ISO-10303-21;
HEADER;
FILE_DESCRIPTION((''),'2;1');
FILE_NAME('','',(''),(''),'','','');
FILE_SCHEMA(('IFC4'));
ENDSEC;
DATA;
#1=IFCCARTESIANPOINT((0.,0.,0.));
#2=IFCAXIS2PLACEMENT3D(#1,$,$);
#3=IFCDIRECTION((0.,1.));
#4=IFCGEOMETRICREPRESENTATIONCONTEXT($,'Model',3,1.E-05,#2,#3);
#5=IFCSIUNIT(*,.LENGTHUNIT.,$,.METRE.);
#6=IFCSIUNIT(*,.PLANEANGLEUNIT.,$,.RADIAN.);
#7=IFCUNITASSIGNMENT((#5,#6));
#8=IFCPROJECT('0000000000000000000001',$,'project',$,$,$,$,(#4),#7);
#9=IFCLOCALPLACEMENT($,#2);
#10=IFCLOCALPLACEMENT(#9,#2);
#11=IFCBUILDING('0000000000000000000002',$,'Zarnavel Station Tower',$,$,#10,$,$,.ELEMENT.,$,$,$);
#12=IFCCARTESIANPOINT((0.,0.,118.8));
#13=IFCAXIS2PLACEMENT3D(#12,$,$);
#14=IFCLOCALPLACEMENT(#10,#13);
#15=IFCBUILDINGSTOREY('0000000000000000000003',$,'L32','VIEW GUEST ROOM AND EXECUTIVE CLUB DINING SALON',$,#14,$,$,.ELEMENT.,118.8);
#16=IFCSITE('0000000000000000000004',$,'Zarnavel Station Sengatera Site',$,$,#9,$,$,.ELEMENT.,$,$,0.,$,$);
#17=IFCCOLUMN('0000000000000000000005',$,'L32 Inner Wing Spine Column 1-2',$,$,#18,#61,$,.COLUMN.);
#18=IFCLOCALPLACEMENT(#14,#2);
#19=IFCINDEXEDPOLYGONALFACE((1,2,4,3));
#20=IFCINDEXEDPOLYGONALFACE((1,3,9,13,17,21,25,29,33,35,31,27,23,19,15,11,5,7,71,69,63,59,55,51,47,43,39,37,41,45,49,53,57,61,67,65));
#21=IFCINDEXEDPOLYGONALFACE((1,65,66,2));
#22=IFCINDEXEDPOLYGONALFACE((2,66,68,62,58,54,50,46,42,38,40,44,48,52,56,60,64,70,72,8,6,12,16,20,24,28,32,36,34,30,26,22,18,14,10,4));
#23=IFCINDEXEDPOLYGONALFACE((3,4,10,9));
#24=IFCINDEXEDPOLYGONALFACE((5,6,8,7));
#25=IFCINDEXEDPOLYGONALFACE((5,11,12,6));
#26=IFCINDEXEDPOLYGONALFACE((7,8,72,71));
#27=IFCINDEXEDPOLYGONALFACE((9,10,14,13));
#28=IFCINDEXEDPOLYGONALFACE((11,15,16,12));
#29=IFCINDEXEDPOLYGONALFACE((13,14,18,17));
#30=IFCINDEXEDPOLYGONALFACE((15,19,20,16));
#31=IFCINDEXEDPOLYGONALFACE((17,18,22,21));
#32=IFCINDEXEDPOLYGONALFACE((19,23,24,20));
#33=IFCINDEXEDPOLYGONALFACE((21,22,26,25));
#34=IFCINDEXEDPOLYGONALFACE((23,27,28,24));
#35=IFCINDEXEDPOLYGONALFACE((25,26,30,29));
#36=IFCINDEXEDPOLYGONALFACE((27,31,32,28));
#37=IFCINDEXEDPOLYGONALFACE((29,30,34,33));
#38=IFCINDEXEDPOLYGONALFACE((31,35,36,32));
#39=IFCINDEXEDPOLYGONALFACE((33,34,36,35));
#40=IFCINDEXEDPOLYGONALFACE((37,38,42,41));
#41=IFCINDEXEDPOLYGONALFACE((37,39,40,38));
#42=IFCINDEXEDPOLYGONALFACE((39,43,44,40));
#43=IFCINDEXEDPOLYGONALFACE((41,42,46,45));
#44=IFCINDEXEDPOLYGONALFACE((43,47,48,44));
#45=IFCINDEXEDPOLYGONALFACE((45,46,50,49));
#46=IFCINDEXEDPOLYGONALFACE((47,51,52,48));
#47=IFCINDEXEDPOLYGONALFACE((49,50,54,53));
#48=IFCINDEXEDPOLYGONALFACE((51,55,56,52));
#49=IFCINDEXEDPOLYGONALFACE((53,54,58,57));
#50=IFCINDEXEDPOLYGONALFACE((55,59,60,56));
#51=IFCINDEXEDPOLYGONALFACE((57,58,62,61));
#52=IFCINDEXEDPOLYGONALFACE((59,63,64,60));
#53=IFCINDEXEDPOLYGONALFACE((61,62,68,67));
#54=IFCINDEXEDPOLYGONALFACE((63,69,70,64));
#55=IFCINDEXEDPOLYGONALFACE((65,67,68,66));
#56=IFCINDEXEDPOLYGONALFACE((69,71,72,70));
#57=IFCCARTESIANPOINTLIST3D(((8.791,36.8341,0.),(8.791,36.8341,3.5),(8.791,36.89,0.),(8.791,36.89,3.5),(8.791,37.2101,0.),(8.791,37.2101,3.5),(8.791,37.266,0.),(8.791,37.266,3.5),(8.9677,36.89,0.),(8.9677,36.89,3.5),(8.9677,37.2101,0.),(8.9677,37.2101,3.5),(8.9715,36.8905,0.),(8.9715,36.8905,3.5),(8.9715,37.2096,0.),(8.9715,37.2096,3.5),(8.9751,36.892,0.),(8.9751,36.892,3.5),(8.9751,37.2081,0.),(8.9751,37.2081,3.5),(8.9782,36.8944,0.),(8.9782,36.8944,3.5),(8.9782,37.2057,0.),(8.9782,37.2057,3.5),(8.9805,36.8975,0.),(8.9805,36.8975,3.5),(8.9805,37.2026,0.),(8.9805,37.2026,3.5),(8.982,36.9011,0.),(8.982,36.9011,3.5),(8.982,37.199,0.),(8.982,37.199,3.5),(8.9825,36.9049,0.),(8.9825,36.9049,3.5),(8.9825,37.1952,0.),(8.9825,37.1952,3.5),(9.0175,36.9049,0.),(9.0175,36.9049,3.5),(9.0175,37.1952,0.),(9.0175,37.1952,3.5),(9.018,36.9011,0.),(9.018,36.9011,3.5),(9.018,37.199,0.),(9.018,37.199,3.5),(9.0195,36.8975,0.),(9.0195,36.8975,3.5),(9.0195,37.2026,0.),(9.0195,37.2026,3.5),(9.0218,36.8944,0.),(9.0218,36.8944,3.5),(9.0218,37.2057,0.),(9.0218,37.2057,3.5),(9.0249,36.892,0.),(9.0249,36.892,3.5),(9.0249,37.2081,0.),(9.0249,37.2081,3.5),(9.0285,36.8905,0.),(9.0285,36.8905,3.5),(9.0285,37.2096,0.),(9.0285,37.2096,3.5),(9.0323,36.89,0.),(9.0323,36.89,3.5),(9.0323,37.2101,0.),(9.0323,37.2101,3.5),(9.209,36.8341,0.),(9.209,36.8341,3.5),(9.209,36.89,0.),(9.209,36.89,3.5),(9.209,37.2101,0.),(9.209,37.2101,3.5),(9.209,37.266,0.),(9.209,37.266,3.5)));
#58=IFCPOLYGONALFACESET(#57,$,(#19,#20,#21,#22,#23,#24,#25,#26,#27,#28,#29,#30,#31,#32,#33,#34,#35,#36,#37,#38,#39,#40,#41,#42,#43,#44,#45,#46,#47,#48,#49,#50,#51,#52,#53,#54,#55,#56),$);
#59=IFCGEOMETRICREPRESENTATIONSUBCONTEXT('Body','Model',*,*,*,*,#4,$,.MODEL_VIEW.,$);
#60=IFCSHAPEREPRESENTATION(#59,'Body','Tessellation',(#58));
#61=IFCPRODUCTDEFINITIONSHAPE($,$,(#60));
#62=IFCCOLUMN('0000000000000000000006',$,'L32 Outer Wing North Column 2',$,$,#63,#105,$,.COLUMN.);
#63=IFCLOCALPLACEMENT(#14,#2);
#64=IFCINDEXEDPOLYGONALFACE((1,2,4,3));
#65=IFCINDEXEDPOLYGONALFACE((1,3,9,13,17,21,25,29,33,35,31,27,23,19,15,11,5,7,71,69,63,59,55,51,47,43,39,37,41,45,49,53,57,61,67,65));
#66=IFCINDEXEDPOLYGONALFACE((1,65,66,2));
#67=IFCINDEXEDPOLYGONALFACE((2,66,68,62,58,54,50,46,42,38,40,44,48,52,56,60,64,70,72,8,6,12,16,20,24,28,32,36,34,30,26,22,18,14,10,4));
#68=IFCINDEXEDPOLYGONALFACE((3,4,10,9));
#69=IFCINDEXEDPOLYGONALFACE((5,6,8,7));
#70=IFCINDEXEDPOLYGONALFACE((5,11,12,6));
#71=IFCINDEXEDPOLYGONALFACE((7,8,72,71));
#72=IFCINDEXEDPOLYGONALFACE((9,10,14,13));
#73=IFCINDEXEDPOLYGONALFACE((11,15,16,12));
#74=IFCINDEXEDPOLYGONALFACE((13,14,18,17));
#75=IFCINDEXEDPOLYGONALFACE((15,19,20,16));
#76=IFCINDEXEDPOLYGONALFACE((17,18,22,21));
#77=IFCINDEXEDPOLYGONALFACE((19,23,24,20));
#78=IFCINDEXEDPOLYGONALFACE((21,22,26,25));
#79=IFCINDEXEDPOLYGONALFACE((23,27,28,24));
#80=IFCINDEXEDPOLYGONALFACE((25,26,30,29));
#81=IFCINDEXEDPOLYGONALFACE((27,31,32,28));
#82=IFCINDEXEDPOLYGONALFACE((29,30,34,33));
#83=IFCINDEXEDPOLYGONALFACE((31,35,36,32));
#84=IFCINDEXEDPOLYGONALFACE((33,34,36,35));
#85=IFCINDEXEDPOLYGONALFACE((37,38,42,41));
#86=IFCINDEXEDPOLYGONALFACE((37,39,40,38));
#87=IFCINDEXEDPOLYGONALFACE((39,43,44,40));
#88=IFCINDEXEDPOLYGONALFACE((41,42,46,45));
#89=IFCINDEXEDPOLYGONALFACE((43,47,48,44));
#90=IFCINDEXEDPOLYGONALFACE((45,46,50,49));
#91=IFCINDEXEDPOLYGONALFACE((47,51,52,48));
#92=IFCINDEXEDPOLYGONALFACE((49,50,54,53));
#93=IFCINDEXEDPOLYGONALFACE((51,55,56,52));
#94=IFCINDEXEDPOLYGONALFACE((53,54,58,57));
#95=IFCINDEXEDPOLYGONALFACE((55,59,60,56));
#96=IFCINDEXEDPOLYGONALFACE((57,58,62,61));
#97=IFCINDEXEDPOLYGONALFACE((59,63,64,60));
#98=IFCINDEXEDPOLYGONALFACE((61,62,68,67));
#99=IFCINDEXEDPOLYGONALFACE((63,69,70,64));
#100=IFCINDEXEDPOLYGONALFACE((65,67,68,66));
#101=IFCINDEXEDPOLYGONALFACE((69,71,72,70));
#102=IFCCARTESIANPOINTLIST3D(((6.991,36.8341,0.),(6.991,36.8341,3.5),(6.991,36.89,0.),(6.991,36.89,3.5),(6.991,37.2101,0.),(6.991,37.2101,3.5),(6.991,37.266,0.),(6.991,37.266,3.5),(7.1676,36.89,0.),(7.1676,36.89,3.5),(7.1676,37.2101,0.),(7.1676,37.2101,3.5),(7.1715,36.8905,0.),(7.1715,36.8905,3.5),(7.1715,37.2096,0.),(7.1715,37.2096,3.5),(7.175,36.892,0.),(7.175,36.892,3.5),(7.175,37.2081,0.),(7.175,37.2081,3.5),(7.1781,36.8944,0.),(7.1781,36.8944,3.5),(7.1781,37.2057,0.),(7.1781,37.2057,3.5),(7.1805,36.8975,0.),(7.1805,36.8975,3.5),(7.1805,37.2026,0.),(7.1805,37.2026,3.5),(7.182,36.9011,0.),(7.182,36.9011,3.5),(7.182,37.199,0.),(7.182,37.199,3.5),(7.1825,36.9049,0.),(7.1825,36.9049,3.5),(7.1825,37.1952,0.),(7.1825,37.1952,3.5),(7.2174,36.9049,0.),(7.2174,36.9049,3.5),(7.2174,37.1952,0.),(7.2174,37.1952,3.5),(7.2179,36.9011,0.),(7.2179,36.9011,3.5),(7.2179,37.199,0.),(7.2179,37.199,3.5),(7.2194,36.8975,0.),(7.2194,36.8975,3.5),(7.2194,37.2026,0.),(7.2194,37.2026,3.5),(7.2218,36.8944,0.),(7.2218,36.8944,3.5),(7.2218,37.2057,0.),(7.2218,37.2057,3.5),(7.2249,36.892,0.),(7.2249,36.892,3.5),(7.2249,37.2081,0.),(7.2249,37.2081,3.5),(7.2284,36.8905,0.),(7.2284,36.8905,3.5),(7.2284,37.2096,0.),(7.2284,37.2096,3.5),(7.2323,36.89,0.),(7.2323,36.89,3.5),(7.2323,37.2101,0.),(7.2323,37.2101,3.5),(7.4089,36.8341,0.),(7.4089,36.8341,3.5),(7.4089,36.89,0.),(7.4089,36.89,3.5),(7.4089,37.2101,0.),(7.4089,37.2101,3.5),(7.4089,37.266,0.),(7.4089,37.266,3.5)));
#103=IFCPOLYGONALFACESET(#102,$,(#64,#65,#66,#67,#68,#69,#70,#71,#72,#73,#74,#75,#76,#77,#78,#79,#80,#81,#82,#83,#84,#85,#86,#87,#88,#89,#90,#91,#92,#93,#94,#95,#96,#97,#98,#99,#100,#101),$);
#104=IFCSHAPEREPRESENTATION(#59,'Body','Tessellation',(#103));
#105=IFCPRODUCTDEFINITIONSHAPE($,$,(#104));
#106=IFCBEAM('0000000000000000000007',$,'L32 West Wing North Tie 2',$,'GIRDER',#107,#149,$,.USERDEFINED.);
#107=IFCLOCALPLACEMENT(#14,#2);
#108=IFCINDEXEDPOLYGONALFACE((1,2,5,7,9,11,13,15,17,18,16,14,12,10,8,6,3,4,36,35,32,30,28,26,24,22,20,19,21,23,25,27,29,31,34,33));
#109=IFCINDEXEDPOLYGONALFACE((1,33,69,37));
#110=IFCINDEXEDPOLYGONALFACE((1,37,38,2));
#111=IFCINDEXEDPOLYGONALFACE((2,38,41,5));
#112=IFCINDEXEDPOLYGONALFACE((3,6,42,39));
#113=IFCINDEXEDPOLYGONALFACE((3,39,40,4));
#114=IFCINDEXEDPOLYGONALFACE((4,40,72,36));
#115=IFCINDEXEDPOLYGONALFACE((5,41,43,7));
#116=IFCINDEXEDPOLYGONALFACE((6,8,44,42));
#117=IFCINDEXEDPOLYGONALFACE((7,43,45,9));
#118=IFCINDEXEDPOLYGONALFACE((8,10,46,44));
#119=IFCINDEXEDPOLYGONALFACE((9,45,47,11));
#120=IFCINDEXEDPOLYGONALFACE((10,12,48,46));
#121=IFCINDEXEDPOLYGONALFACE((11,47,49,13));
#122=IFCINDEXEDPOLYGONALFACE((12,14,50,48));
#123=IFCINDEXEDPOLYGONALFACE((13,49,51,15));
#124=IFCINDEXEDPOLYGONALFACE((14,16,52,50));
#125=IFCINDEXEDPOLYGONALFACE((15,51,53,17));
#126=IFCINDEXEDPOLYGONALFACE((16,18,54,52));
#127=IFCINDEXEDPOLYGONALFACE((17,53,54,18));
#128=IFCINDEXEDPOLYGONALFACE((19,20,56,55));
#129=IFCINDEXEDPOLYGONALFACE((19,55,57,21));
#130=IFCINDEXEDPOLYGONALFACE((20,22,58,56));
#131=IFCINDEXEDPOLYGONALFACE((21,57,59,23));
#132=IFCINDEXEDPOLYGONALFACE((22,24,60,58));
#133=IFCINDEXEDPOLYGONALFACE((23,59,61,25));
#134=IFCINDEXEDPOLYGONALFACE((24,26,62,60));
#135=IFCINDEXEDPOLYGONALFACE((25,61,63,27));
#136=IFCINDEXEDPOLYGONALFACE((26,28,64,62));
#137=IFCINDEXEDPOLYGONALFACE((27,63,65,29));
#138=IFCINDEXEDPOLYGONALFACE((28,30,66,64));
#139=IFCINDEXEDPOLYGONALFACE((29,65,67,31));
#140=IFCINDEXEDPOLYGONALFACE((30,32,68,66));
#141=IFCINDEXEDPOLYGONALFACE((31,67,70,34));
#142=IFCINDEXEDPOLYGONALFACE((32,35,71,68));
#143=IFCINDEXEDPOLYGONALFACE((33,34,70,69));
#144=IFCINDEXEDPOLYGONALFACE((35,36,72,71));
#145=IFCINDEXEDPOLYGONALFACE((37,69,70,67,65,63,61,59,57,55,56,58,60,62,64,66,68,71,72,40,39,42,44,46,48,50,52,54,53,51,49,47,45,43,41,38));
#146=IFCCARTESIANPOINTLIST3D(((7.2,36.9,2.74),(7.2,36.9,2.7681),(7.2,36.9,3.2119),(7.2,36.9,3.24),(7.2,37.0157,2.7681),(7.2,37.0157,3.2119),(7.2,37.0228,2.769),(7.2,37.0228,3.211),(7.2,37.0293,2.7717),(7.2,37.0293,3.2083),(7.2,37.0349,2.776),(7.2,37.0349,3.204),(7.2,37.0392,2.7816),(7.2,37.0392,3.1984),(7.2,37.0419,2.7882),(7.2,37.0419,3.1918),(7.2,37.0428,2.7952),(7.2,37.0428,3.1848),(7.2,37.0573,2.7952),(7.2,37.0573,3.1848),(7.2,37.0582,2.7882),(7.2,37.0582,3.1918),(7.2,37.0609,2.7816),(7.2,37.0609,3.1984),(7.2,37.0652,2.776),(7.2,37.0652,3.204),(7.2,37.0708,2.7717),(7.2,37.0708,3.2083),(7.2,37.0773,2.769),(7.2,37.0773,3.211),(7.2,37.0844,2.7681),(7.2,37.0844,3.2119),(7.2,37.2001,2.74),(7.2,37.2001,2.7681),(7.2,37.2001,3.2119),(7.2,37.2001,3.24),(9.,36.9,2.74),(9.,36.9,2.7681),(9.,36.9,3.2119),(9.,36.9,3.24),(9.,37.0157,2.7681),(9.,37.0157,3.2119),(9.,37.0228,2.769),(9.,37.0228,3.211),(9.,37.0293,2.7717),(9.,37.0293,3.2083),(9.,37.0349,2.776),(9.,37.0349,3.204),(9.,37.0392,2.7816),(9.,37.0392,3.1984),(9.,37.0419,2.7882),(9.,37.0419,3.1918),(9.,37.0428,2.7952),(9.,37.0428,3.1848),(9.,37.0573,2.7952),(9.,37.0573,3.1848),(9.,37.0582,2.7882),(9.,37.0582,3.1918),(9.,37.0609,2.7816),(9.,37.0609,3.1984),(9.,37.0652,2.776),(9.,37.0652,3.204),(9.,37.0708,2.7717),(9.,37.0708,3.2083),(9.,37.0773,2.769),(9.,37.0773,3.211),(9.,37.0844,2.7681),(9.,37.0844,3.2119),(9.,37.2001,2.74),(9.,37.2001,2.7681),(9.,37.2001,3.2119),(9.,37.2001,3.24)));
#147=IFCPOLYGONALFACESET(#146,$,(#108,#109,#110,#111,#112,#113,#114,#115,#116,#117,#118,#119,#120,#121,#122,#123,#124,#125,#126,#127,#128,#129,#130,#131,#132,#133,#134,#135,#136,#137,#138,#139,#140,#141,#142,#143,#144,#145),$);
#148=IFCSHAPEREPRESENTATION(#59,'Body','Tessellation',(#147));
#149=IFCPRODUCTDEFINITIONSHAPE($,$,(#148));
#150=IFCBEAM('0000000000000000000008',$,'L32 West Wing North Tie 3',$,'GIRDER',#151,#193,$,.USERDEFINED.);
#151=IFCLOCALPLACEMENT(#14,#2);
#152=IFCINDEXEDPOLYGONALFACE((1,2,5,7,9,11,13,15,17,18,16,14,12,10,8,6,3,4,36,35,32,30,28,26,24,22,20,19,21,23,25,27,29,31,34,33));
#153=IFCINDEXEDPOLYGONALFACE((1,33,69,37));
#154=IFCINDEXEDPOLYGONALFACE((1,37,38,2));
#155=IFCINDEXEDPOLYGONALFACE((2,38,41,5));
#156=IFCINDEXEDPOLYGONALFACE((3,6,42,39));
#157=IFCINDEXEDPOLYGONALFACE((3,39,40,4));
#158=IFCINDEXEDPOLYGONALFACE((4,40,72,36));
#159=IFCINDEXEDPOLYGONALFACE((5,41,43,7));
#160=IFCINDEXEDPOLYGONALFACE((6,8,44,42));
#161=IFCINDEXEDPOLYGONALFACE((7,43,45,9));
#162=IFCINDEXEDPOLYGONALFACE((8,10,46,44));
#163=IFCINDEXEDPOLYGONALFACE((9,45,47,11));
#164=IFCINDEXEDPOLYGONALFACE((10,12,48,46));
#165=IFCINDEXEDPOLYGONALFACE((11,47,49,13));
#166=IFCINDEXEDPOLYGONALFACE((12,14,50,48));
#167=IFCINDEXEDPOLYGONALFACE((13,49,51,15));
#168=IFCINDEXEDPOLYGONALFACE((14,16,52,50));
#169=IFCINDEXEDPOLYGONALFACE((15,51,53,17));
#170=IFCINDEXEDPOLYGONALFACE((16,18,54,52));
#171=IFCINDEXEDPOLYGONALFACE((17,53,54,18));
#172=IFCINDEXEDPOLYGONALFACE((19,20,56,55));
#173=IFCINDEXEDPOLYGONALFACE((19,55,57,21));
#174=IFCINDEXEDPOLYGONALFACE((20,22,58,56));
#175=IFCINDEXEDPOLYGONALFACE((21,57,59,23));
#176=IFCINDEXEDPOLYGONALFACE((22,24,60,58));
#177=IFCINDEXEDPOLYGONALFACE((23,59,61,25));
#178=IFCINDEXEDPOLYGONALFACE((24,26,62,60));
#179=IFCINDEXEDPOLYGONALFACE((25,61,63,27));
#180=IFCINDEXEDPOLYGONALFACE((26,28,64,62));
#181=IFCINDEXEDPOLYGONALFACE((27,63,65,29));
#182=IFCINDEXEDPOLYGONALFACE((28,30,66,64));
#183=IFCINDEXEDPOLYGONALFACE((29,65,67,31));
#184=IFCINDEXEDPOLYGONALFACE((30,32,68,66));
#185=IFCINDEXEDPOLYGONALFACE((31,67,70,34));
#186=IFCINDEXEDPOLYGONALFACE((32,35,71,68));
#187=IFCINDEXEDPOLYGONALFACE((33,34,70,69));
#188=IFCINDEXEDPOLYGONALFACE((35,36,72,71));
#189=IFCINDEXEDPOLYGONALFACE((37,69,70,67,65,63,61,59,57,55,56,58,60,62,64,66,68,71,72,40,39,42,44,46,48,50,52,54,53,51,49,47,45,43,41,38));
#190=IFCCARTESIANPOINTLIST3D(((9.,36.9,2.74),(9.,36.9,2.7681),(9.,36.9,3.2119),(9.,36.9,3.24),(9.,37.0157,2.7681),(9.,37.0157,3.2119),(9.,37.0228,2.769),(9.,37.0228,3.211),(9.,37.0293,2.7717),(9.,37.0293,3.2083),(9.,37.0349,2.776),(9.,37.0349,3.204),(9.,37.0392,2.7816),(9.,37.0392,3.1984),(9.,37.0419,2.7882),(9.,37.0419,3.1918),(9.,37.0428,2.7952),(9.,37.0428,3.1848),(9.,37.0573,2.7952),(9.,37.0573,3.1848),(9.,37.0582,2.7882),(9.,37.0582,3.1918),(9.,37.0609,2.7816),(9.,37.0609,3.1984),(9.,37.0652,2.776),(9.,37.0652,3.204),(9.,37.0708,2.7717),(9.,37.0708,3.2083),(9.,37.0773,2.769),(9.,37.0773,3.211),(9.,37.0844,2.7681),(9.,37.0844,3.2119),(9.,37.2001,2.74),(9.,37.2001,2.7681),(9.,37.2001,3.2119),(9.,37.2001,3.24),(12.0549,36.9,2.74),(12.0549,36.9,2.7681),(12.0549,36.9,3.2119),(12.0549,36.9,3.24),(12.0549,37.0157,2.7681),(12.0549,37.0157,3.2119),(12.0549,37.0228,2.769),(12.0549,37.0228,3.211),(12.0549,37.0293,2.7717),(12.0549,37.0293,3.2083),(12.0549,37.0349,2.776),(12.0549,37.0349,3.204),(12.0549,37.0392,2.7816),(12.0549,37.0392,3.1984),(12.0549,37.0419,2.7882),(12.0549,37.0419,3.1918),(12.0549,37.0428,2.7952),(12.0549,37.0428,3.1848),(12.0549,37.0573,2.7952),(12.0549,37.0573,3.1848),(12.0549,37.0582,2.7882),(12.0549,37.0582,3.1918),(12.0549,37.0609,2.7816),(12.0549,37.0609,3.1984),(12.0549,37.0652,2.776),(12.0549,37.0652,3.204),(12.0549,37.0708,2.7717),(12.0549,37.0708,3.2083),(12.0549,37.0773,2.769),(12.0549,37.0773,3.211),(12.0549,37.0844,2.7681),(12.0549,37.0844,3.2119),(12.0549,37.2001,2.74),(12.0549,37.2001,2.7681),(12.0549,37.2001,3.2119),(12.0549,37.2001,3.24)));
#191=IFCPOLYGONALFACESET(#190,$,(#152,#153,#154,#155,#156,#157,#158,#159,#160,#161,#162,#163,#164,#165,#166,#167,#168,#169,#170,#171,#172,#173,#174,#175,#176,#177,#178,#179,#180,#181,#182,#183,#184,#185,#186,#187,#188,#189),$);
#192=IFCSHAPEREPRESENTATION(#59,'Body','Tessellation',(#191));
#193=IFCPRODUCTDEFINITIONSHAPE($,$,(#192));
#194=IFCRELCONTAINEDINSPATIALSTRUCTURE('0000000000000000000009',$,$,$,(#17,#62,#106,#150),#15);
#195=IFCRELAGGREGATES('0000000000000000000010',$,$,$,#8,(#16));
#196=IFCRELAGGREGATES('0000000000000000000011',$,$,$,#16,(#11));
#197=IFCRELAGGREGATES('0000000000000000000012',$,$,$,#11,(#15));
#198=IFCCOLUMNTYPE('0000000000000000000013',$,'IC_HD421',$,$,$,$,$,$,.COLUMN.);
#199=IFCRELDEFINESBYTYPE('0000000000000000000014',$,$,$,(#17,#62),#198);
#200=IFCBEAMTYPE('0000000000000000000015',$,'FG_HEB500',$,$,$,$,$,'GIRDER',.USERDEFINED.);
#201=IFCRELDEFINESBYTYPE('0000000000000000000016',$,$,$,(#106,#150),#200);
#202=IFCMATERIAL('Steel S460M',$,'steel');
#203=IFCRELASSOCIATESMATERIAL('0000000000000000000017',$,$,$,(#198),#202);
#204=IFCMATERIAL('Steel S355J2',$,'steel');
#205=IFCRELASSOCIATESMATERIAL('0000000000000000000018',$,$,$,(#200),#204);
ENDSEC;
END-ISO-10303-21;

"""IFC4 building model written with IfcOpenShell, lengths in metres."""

from ifc_helpers import new_model, si_unit, direction, frame, origin, origin_2d, place, context, subcontext, project, spatial, i_section, extrude, material, material_profile, profile_set, type_object, element, save


model = new_model("IFC4")

# Units and contexts
model_context = context("Model", 3, precision=1e-05, world=origin(), true_north=direction((0.0, 1.0)))
body_context = subcontext(model_context, "Body", "Model", "MODEL_VIEW")
ifc_project = project(units=[si_unit("LENGTHUNIT", "METRE"), si_unit("PLANEANGLEUNIT", "RADIAN")], contexts=[model_context])

# Site, building, storey
site_placement = place(None, origin())
site = spatial("IfcSite", under=ifc_project, at=site_placement, Name="Zarnavel Station Sengatera Site", CompositionType="ELEMENT", RefElevation=0.0)
building_placement = place(site_placement, origin())
building = spatial("IfcBuilding", under=site, at=building_placement, Name="Zarnavel Station Tower", CompositionType="ELEMENT")
storey_placement = place(building_placement, frame((0.0, 0.0, 118.8)))
storey = spatial("IfcBuildingStorey", under=building, at=storey_placement, Name="L32", Description="VIEW GUEST ROOM AND EXECUTIVE CLUB DINING SALON", CompositionType="ELEMENT", Elevation=118.8)

# Columns
ifc_material_1 = material(Name="Steel S460M", Category="steel")
ifc_material_profile_1 = material_profile(ifc_material_1, i_section(OverallWidth=0.418, OverallDepth=0.4319, WebThickness=0.0349, FlangeThickness=0.0559, FilletRadius=0.0149, at=origin_2d()), Name="HD400x421")
ifc_profile_set_1 = profile_set([ifc_material_profile_1], Name="Steel S460M")
column_type = type_object("IfcColumnType", Name="IC_HD421", PredefinedType="COLUMN", material=ifc_profile_set_1)
for number, where, z_axis, x_axis, name in (
    (1, (9.0, 37.05, 0.0), (0.0, 0.0, 1.0), (1.0, 0.0, 0.0), "L32 Inner Wing Spine Column 1-2"),
    (2, (7.2, 37.05, 0.0), (0.0, 0.0, 1.0), (1.0, 0.0, 0.0), "L32 Outer Wing North Column 2"),
):
    element("IfcColumn", number, at=place(storey_placement, frame(where, z_axis=z_axis, x_axis=x_axis)), inside=storey, type_object=column_type, Name=name, PredefinedType="COLUMN", context=body_context, shape_type="SweptSolid", body=[
        extrude(i_section(OverallWidth=0.418, OverallDepth=0.4319, WebThickness=0.0349, FlangeThickness=0.0559, FilletRadius=0.0149, at=origin_2d()), origin(), (0.0, 0.0, 1.0), 3.5),
    ])

# Beams
ifc_material_2 = material(Name="Steel S355J2", Category="steel")
ifc_material_profile_2 = material_profile(ifc_material_2, i_section(OverallWidth=0.3, OverallDepth=0.5, WebThickness=0.0144, FlangeThickness=0.0281, FilletRadius=0.0271, at=origin_2d()), Name="HEB500")
ifc_profile_set_2 = profile_set([ifc_material_profile_2], Name="Steel S355J2")
beam_type = type_object("IfcBeamType", Name="FG_HEB500", ElementType="GIRDER", PredefinedType="USERDEFINED", material=ifc_profile_set_2)
beam_1_placement = place(storey_placement, frame((7.2, 37.05, 2.99), z_axis=(1.0, 0.0, 0.0), x_axis=(0.0, 1.0, 0.0)))
element("IfcBeam", 3, at=beam_1_placement, inside=storey, type_object=beam_type, Name="L32 West Wing North Tie 2", ObjectType="GIRDER", PredefinedType="USERDEFINED", context=body_context, shape_type="SweptSolid", body=[
    extrude(i_section(OverallWidth=0.3, OverallDepth=0.5, WebThickness=0.0144, FlangeThickness=0.0281, FilletRadius=0.0271, at=origin_2d()), origin(), (0.0, 0.0, 1.0), 1.8),
])
beam_2_placement = place(storey_placement, frame((9.0, 37.05, 2.99), z_axis=(1.0, 0.0, 0.0), x_axis=(0.0, 1.0, 0.0)))
element("IfcBeam", 4, at=beam_2_placement, inside=storey, type_object=beam_type, Name="L32 West Wing North Tie 3", ObjectType="GIRDER", PredefinedType="USERDEFINED", context=body_context, shape_type="SweptSolid", body=[
    extrude(i_section(OverallWidth=0.3, OverallDepth=0.5, WebThickness=0.0144, FlangeThickness=0.0281, FilletRadius=0.0271, at=origin_2d()), origin(), (0.0, 0.0, 1.0), 3.0549),
])

save(model, "model.ifc")
